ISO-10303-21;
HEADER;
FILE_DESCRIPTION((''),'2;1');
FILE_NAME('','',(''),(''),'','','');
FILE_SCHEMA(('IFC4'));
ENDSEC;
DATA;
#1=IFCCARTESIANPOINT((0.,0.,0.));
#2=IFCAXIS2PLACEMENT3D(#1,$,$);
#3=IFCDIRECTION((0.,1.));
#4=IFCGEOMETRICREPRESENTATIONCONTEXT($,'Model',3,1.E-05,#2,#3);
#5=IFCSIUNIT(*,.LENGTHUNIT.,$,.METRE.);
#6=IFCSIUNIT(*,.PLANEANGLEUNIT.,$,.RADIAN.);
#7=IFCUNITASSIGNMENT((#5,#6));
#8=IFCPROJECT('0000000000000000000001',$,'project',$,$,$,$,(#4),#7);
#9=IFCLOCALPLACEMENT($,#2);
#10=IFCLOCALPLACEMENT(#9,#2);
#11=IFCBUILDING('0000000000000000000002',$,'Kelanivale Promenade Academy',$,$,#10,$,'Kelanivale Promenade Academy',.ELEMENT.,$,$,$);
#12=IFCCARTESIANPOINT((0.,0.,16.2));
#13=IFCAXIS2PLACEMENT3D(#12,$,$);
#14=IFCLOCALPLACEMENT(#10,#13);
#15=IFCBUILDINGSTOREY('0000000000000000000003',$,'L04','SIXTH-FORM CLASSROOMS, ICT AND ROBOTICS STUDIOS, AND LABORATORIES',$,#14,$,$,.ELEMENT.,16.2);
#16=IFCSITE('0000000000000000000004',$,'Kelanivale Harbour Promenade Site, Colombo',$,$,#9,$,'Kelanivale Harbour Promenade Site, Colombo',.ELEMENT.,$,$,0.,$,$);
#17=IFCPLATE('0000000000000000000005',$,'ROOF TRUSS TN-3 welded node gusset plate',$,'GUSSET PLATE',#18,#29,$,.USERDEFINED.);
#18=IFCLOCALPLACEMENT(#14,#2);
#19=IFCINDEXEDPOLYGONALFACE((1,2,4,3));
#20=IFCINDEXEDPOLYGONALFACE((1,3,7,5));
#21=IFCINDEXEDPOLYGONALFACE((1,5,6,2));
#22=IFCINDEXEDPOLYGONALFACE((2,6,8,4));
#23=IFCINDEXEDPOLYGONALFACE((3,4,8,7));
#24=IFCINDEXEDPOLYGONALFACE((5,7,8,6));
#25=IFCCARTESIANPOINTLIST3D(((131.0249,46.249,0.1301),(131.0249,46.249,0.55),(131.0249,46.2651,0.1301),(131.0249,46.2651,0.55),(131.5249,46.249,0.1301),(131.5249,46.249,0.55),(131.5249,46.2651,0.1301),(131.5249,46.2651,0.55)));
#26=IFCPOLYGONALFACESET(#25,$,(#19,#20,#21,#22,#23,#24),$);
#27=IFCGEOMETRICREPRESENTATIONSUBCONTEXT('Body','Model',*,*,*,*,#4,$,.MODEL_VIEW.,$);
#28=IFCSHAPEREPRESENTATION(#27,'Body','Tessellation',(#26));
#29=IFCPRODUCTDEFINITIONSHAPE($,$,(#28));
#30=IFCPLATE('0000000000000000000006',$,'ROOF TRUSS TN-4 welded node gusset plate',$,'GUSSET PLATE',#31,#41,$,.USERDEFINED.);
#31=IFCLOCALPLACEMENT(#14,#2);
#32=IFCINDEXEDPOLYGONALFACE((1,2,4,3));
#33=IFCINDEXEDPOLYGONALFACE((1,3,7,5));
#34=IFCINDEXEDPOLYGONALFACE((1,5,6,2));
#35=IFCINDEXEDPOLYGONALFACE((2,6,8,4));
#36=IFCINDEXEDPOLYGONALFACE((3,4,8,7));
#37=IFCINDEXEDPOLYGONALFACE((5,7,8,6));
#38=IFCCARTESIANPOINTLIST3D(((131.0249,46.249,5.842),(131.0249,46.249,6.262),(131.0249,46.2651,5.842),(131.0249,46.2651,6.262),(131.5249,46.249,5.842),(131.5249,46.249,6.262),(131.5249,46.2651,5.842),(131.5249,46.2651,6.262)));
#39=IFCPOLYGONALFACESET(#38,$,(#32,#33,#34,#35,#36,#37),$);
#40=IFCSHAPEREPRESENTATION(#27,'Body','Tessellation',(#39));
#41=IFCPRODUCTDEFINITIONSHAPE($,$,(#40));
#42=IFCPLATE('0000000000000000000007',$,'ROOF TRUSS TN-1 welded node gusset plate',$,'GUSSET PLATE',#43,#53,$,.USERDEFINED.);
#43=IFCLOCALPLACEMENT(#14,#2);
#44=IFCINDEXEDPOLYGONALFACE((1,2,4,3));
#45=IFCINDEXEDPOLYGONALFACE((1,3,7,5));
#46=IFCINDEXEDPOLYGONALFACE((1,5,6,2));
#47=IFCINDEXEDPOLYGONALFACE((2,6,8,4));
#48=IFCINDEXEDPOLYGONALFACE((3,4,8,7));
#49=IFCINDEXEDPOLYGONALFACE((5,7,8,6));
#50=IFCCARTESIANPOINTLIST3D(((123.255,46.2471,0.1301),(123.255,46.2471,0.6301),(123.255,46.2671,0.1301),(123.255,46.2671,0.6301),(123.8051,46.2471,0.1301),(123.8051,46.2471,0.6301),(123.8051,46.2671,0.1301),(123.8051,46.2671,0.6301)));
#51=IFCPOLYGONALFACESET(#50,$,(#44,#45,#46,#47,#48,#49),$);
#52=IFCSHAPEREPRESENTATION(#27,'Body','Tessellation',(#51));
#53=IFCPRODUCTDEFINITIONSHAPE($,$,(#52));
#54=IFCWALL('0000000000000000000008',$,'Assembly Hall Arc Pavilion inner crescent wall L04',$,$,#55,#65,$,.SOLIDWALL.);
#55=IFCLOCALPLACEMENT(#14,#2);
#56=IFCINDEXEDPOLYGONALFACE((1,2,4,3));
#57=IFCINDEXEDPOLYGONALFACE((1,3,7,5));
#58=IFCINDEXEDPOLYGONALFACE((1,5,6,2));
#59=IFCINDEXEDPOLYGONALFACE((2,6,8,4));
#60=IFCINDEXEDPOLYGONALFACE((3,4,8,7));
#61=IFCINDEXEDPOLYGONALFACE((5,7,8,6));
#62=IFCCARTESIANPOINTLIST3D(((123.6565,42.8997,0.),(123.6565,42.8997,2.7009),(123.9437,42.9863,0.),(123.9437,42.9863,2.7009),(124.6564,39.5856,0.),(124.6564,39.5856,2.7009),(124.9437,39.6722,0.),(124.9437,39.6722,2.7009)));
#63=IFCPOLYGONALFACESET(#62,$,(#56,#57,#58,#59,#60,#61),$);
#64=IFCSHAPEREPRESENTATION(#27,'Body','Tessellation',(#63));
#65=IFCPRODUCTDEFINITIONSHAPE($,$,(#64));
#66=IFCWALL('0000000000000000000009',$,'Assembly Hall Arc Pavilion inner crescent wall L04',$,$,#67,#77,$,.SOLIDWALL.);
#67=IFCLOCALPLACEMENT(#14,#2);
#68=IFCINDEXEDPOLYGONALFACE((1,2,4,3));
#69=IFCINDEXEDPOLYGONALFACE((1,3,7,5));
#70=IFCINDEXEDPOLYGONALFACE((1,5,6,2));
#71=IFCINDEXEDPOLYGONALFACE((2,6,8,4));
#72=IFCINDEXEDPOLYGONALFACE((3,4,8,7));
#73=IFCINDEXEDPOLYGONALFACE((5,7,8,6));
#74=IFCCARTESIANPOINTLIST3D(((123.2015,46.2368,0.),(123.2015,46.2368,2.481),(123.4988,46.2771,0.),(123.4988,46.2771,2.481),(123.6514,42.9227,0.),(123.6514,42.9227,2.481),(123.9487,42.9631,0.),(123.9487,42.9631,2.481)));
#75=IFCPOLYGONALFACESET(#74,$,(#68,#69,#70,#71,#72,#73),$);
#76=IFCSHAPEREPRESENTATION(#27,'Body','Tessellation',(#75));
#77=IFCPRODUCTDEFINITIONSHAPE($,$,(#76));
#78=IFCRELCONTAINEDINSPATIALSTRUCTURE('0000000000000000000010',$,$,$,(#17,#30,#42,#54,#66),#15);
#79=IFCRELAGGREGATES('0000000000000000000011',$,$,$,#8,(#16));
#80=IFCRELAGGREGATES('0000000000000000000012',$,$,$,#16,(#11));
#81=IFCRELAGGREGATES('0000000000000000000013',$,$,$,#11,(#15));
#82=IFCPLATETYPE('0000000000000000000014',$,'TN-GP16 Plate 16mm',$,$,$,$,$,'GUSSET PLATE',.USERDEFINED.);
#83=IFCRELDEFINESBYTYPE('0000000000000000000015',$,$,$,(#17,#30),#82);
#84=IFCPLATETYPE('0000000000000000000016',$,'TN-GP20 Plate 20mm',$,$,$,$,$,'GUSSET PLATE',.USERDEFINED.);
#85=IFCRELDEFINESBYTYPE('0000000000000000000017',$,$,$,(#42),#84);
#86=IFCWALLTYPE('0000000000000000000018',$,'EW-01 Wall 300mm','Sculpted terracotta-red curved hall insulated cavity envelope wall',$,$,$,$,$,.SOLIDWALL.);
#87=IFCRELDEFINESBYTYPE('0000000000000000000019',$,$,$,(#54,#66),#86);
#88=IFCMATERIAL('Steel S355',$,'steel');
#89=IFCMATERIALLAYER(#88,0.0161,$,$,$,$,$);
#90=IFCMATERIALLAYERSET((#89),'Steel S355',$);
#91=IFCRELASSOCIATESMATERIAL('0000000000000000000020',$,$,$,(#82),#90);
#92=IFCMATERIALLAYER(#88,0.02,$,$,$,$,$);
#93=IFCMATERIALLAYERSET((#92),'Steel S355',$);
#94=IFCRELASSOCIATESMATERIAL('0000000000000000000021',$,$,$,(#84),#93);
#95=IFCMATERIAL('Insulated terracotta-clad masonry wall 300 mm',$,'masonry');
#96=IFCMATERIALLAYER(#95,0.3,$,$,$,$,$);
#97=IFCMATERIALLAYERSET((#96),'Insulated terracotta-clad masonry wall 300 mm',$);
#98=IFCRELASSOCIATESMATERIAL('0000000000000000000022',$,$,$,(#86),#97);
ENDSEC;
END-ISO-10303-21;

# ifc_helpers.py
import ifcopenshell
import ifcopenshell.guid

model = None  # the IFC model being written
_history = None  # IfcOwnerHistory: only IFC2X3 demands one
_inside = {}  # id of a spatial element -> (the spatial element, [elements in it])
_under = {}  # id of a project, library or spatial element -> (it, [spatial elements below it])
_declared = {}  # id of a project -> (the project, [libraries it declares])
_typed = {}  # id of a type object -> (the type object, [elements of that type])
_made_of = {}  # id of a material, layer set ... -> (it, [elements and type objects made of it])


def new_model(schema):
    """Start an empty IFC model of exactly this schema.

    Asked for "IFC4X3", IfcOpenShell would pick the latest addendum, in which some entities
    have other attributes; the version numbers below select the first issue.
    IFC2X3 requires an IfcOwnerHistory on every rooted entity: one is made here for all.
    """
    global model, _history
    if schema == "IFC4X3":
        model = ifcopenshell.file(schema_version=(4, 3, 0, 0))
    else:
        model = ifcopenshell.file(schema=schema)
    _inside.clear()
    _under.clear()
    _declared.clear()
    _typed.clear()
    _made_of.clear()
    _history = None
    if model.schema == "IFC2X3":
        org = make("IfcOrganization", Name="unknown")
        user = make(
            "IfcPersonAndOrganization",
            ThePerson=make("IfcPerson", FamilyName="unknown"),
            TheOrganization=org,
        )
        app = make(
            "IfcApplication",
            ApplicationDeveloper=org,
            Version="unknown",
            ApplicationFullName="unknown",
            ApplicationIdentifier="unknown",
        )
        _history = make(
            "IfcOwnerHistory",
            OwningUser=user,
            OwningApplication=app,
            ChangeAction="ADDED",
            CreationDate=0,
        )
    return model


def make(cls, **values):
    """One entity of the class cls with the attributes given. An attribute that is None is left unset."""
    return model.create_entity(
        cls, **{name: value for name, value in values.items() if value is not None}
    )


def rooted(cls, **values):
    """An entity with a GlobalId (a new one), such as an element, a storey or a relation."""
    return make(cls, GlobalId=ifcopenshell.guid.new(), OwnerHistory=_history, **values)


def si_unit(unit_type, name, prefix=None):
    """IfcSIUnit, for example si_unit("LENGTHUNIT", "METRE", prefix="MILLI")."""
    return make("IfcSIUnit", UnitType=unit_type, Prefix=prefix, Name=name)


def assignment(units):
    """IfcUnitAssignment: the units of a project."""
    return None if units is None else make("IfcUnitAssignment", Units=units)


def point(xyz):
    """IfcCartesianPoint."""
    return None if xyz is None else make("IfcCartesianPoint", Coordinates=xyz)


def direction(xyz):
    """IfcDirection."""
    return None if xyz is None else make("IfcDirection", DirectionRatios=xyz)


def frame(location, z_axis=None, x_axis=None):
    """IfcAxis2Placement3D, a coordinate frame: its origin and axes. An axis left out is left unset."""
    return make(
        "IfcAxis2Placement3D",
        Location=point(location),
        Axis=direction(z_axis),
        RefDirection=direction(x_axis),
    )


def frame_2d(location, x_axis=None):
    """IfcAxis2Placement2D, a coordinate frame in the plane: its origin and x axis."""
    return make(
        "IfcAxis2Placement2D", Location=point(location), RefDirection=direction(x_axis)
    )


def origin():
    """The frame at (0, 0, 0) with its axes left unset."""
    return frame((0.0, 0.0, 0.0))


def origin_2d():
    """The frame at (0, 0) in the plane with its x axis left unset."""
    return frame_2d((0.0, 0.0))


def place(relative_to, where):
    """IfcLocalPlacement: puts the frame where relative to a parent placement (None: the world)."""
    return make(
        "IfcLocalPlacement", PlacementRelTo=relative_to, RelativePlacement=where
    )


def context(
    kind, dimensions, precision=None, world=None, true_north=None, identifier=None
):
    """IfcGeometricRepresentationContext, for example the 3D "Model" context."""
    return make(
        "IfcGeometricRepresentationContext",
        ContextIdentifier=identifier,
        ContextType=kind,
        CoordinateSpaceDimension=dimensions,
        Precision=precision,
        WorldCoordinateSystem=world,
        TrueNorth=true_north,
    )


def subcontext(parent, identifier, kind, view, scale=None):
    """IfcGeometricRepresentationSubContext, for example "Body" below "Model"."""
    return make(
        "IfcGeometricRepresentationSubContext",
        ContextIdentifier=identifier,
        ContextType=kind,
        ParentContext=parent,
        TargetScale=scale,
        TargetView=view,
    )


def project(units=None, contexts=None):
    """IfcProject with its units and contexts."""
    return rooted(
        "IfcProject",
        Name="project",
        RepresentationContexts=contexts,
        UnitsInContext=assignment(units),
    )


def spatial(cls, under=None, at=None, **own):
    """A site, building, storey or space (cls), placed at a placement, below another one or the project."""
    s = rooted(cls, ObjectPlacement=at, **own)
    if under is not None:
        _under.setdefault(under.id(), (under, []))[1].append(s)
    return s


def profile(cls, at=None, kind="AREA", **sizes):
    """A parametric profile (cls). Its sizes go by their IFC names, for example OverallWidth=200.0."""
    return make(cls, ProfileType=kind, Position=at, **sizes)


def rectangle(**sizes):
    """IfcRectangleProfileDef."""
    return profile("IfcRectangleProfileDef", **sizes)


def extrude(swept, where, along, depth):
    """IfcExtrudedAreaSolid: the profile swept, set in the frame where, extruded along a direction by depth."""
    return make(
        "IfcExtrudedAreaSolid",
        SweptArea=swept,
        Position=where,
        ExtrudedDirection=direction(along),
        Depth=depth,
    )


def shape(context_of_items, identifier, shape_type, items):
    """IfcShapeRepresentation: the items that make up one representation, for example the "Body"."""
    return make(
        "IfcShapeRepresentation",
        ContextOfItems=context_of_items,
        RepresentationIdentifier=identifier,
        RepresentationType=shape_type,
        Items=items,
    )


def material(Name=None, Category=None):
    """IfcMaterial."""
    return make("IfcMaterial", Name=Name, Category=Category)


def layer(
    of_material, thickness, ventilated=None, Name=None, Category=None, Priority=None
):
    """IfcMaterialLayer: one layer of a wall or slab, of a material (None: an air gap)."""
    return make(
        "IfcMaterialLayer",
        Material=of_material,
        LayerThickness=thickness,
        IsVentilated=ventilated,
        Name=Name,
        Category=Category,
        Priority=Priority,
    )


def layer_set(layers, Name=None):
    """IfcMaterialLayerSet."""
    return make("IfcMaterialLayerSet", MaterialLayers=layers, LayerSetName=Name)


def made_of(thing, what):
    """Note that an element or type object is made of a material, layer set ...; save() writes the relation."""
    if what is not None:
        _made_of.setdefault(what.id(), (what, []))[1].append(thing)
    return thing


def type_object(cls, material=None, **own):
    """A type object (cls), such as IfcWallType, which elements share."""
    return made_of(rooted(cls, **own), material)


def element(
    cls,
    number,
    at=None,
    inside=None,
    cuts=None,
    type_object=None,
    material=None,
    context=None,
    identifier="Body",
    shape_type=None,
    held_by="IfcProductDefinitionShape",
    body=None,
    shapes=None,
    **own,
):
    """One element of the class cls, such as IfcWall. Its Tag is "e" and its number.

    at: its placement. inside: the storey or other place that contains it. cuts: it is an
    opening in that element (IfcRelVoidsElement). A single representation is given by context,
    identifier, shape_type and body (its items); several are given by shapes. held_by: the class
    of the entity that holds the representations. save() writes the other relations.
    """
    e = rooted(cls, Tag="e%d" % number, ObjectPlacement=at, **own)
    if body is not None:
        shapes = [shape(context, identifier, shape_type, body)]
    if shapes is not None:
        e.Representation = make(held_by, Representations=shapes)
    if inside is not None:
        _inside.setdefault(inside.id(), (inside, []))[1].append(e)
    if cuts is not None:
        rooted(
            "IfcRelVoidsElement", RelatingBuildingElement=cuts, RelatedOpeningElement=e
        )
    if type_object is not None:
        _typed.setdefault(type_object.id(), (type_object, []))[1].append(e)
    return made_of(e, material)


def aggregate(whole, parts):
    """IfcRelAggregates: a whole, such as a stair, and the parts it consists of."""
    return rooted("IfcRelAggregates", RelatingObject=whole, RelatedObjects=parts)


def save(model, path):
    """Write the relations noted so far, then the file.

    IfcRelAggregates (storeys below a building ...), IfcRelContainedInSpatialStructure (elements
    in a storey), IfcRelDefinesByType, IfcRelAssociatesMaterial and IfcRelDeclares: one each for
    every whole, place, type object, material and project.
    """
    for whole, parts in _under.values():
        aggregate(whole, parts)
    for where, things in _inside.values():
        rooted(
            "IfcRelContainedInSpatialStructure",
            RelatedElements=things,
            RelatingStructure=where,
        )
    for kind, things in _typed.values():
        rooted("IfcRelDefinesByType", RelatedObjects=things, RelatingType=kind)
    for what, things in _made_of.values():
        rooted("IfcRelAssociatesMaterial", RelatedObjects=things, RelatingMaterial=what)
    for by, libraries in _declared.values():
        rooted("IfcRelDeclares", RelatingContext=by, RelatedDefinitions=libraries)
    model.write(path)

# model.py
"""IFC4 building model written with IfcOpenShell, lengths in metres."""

from ifc_helpers import new_model, si_unit, direction, frame, frame_2d, origin, origin_2d, place, context, subcontext, project, spatial, rectangle, extrude, material, layer, layer_set, type_object, element, save


model = new_model("IFC4")

# Units and contexts
model_context = context("Model", 3, precision=1e-05, world=origin(), true_north=direction((0.0, 1.0)))
body_context = subcontext(model_context, "Body", "Model", "MODEL_VIEW")
ifc_project = project(units=[si_unit("LENGTHUNIT", "METRE"), si_unit("PLANEANGLEUNIT", "RADIAN")], contexts=[model_context])

# Site, building, storey
site_placement = place(None, origin())
site = spatial("IfcSite", under=ifc_project, at=site_placement, Name="Kelanivale Harbour Promenade Site, Colombo", LongName="Kelanivale Harbour Promenade Site, Colombo", CompositionType="ELEMENT", RefElevation=0.0)
building_placement = place(site_placement, origin())
building = spatial("IfcBuilding", under=site, at=building_placement, Name="Kelanivale Promenade Academy", LongName="Kelanivale Promenade Academy", CompositionType="ELEMENT")
storey_placement = place(building_placement, frame((0.0, 0.0, 16.2)))
storey = spatial("IfcBuildingStorey", under=building, at=storey_placement, Name="L04", Description="SIXTH-FORM CLASSROOMS, ICT AND ROBOTICS STUDIOS, AND LABORATORIES", CompositionType="ELEMENT", Elevation=16.2)

# Shared definitions
ifc_material_1 = material(Name="Steel S355", Category="steel")

# Plates
ifc_layer_1 = layer(ifc_material_1, 0.0161)
ifc_layer_set_1 = layer_set([ifc_layer_1], Name="Steel S355")
plate_type_1 = type_object("IfcPlateType", Name="TN-GP16 Plate 16mm", ElementType="GUSSET PLATE", PredefinedType="USERDEFINED", material=ifc_layer_set_1)
for number, where, z_axis, x_axis, name in (
    (1, (131.2749, 46.2571, 0.1301), (0.0, 0.0, 1.0), (1.0, 0.0, 0.0), "ROOF TRUSS TN-3 welded node gusset plate"),
    (2, (131.2749, 46.2571, 5.842), (0.0, 0.0, 1.0), (1.0, 0.0, 0.0), "ROOF TRUSS TN-4 welded node gusset plate"),
):
    element("IfcPlate", number, at=place(storey_placement, frame(where, z_axis=z_axis, x_axis=x_axis)), inside=storey, type_object=plate_type_1, Name=name, ObjectType="GUSSET PLATE", PredefinedType="USERDEFINED", context=body_context, shape_type="SweptSolid", body=[
        extrude(rectangle(XDim=0.5, YDim=0.0161, at=origin_2d()), origin(), (0.0, 0.0, 1.0), 0.4199),
    ])
ifc_layer_2 = layer(ifc_material_1, 0.02)
ifc_layer_set_2 = layer_set([ifc_layer_2], Name="Steel S355")
plate_type_2 = type_object("IfcPlateType", Name="TN-GP20 Plate 20mm", ElementType="GUSSET PLATE", PredefinedType="USERDEFINED", material=ifc_layer_set_2)
plate_1_placement = place(storey_placement, frame((123.53, 46.2571, 0.1301), z_axis=(0.0, 0.0, 1.0), x_axis=(1.0, 0.0, 0.0)))
element("IfcPlate", 3, at=plate_1_placement, inside=storey, type_object=plate_type_2, Name="ROOF TRUSS TN-1 welded node gusset plate", ObjectType="GUSSET PLATE", PredefinedType="USERDEFINED", context=body_context, shape_type="SweptSolid", body=[
    extrude(rectangle(XDim=0.55, YDim=0.02, at=origin_2d()), origin(), (0.0, 0.0, 1.0), 0.5),
])

# Walls
ifc_material_2 = material(Name="Insulated terracotta-clad masonry wall 300 mm", Category="masonry")
ifc_layer_3 = layer(ifc_material_2, 0.3)
ifc_layer_set_3 = layer_set([ifc_layer_3], Name="Insulated terracotta-clad masonry wall 300 mm")
wall_type = type_object("IfcWallType", Name="EW-01 Wall 300mm", Description="Sculpted terracotta-red curved hall insulated cavity envelope wall", PredefinedType="SOLIDWALL", material=ifc_layer_set_3)
wall_1_placement = place(storey_placement, frame((123.8, 42.9431, 0.0), z_axis=(0.0, 0.0, 1.0), x_axis=(0.288868, -0.957369, 0.0)))
element("IfcWall", 4, at=wall_1_placement, inside=storey, type_object=wall_type, Name="Assembly Hall Arc Pavilion inner crescent wall L04", PredefinedType="SOLIDWALL", context=body_context, shape_type="SweptSolid", body=[
    extrude(rectangle(XDim=3.4617, YDim=0.3, at=frame_2d((1.731, 0.0))), origin(), (0.0, 0.0, 1.0), 2.7009),
])
wall_2_placement = place(storey_placement, frame((123.3501, 46.2571, 0.0), z_axis=(0.0, 0.0, 1.0), x_axis=(0.13454, -0.990908, 0.0)))
element("IfcWall", 5, at=wall_2_placement, inside=storey, type_object=wall_type, Name="Assembly Hall Arc Pavilion inner crescent wall L04", PredefinedType="SOLIDWALL", context=body_context, shape_type="SweptSolid", body=[
    extrude(rectangle(XDim=3.3445, YDim=0.3, at=frame_2d((1.6724, 0.0))), origin(), (0.0, 0.0, 1.0), 2.481),
])

save(model, "model.ifc")
